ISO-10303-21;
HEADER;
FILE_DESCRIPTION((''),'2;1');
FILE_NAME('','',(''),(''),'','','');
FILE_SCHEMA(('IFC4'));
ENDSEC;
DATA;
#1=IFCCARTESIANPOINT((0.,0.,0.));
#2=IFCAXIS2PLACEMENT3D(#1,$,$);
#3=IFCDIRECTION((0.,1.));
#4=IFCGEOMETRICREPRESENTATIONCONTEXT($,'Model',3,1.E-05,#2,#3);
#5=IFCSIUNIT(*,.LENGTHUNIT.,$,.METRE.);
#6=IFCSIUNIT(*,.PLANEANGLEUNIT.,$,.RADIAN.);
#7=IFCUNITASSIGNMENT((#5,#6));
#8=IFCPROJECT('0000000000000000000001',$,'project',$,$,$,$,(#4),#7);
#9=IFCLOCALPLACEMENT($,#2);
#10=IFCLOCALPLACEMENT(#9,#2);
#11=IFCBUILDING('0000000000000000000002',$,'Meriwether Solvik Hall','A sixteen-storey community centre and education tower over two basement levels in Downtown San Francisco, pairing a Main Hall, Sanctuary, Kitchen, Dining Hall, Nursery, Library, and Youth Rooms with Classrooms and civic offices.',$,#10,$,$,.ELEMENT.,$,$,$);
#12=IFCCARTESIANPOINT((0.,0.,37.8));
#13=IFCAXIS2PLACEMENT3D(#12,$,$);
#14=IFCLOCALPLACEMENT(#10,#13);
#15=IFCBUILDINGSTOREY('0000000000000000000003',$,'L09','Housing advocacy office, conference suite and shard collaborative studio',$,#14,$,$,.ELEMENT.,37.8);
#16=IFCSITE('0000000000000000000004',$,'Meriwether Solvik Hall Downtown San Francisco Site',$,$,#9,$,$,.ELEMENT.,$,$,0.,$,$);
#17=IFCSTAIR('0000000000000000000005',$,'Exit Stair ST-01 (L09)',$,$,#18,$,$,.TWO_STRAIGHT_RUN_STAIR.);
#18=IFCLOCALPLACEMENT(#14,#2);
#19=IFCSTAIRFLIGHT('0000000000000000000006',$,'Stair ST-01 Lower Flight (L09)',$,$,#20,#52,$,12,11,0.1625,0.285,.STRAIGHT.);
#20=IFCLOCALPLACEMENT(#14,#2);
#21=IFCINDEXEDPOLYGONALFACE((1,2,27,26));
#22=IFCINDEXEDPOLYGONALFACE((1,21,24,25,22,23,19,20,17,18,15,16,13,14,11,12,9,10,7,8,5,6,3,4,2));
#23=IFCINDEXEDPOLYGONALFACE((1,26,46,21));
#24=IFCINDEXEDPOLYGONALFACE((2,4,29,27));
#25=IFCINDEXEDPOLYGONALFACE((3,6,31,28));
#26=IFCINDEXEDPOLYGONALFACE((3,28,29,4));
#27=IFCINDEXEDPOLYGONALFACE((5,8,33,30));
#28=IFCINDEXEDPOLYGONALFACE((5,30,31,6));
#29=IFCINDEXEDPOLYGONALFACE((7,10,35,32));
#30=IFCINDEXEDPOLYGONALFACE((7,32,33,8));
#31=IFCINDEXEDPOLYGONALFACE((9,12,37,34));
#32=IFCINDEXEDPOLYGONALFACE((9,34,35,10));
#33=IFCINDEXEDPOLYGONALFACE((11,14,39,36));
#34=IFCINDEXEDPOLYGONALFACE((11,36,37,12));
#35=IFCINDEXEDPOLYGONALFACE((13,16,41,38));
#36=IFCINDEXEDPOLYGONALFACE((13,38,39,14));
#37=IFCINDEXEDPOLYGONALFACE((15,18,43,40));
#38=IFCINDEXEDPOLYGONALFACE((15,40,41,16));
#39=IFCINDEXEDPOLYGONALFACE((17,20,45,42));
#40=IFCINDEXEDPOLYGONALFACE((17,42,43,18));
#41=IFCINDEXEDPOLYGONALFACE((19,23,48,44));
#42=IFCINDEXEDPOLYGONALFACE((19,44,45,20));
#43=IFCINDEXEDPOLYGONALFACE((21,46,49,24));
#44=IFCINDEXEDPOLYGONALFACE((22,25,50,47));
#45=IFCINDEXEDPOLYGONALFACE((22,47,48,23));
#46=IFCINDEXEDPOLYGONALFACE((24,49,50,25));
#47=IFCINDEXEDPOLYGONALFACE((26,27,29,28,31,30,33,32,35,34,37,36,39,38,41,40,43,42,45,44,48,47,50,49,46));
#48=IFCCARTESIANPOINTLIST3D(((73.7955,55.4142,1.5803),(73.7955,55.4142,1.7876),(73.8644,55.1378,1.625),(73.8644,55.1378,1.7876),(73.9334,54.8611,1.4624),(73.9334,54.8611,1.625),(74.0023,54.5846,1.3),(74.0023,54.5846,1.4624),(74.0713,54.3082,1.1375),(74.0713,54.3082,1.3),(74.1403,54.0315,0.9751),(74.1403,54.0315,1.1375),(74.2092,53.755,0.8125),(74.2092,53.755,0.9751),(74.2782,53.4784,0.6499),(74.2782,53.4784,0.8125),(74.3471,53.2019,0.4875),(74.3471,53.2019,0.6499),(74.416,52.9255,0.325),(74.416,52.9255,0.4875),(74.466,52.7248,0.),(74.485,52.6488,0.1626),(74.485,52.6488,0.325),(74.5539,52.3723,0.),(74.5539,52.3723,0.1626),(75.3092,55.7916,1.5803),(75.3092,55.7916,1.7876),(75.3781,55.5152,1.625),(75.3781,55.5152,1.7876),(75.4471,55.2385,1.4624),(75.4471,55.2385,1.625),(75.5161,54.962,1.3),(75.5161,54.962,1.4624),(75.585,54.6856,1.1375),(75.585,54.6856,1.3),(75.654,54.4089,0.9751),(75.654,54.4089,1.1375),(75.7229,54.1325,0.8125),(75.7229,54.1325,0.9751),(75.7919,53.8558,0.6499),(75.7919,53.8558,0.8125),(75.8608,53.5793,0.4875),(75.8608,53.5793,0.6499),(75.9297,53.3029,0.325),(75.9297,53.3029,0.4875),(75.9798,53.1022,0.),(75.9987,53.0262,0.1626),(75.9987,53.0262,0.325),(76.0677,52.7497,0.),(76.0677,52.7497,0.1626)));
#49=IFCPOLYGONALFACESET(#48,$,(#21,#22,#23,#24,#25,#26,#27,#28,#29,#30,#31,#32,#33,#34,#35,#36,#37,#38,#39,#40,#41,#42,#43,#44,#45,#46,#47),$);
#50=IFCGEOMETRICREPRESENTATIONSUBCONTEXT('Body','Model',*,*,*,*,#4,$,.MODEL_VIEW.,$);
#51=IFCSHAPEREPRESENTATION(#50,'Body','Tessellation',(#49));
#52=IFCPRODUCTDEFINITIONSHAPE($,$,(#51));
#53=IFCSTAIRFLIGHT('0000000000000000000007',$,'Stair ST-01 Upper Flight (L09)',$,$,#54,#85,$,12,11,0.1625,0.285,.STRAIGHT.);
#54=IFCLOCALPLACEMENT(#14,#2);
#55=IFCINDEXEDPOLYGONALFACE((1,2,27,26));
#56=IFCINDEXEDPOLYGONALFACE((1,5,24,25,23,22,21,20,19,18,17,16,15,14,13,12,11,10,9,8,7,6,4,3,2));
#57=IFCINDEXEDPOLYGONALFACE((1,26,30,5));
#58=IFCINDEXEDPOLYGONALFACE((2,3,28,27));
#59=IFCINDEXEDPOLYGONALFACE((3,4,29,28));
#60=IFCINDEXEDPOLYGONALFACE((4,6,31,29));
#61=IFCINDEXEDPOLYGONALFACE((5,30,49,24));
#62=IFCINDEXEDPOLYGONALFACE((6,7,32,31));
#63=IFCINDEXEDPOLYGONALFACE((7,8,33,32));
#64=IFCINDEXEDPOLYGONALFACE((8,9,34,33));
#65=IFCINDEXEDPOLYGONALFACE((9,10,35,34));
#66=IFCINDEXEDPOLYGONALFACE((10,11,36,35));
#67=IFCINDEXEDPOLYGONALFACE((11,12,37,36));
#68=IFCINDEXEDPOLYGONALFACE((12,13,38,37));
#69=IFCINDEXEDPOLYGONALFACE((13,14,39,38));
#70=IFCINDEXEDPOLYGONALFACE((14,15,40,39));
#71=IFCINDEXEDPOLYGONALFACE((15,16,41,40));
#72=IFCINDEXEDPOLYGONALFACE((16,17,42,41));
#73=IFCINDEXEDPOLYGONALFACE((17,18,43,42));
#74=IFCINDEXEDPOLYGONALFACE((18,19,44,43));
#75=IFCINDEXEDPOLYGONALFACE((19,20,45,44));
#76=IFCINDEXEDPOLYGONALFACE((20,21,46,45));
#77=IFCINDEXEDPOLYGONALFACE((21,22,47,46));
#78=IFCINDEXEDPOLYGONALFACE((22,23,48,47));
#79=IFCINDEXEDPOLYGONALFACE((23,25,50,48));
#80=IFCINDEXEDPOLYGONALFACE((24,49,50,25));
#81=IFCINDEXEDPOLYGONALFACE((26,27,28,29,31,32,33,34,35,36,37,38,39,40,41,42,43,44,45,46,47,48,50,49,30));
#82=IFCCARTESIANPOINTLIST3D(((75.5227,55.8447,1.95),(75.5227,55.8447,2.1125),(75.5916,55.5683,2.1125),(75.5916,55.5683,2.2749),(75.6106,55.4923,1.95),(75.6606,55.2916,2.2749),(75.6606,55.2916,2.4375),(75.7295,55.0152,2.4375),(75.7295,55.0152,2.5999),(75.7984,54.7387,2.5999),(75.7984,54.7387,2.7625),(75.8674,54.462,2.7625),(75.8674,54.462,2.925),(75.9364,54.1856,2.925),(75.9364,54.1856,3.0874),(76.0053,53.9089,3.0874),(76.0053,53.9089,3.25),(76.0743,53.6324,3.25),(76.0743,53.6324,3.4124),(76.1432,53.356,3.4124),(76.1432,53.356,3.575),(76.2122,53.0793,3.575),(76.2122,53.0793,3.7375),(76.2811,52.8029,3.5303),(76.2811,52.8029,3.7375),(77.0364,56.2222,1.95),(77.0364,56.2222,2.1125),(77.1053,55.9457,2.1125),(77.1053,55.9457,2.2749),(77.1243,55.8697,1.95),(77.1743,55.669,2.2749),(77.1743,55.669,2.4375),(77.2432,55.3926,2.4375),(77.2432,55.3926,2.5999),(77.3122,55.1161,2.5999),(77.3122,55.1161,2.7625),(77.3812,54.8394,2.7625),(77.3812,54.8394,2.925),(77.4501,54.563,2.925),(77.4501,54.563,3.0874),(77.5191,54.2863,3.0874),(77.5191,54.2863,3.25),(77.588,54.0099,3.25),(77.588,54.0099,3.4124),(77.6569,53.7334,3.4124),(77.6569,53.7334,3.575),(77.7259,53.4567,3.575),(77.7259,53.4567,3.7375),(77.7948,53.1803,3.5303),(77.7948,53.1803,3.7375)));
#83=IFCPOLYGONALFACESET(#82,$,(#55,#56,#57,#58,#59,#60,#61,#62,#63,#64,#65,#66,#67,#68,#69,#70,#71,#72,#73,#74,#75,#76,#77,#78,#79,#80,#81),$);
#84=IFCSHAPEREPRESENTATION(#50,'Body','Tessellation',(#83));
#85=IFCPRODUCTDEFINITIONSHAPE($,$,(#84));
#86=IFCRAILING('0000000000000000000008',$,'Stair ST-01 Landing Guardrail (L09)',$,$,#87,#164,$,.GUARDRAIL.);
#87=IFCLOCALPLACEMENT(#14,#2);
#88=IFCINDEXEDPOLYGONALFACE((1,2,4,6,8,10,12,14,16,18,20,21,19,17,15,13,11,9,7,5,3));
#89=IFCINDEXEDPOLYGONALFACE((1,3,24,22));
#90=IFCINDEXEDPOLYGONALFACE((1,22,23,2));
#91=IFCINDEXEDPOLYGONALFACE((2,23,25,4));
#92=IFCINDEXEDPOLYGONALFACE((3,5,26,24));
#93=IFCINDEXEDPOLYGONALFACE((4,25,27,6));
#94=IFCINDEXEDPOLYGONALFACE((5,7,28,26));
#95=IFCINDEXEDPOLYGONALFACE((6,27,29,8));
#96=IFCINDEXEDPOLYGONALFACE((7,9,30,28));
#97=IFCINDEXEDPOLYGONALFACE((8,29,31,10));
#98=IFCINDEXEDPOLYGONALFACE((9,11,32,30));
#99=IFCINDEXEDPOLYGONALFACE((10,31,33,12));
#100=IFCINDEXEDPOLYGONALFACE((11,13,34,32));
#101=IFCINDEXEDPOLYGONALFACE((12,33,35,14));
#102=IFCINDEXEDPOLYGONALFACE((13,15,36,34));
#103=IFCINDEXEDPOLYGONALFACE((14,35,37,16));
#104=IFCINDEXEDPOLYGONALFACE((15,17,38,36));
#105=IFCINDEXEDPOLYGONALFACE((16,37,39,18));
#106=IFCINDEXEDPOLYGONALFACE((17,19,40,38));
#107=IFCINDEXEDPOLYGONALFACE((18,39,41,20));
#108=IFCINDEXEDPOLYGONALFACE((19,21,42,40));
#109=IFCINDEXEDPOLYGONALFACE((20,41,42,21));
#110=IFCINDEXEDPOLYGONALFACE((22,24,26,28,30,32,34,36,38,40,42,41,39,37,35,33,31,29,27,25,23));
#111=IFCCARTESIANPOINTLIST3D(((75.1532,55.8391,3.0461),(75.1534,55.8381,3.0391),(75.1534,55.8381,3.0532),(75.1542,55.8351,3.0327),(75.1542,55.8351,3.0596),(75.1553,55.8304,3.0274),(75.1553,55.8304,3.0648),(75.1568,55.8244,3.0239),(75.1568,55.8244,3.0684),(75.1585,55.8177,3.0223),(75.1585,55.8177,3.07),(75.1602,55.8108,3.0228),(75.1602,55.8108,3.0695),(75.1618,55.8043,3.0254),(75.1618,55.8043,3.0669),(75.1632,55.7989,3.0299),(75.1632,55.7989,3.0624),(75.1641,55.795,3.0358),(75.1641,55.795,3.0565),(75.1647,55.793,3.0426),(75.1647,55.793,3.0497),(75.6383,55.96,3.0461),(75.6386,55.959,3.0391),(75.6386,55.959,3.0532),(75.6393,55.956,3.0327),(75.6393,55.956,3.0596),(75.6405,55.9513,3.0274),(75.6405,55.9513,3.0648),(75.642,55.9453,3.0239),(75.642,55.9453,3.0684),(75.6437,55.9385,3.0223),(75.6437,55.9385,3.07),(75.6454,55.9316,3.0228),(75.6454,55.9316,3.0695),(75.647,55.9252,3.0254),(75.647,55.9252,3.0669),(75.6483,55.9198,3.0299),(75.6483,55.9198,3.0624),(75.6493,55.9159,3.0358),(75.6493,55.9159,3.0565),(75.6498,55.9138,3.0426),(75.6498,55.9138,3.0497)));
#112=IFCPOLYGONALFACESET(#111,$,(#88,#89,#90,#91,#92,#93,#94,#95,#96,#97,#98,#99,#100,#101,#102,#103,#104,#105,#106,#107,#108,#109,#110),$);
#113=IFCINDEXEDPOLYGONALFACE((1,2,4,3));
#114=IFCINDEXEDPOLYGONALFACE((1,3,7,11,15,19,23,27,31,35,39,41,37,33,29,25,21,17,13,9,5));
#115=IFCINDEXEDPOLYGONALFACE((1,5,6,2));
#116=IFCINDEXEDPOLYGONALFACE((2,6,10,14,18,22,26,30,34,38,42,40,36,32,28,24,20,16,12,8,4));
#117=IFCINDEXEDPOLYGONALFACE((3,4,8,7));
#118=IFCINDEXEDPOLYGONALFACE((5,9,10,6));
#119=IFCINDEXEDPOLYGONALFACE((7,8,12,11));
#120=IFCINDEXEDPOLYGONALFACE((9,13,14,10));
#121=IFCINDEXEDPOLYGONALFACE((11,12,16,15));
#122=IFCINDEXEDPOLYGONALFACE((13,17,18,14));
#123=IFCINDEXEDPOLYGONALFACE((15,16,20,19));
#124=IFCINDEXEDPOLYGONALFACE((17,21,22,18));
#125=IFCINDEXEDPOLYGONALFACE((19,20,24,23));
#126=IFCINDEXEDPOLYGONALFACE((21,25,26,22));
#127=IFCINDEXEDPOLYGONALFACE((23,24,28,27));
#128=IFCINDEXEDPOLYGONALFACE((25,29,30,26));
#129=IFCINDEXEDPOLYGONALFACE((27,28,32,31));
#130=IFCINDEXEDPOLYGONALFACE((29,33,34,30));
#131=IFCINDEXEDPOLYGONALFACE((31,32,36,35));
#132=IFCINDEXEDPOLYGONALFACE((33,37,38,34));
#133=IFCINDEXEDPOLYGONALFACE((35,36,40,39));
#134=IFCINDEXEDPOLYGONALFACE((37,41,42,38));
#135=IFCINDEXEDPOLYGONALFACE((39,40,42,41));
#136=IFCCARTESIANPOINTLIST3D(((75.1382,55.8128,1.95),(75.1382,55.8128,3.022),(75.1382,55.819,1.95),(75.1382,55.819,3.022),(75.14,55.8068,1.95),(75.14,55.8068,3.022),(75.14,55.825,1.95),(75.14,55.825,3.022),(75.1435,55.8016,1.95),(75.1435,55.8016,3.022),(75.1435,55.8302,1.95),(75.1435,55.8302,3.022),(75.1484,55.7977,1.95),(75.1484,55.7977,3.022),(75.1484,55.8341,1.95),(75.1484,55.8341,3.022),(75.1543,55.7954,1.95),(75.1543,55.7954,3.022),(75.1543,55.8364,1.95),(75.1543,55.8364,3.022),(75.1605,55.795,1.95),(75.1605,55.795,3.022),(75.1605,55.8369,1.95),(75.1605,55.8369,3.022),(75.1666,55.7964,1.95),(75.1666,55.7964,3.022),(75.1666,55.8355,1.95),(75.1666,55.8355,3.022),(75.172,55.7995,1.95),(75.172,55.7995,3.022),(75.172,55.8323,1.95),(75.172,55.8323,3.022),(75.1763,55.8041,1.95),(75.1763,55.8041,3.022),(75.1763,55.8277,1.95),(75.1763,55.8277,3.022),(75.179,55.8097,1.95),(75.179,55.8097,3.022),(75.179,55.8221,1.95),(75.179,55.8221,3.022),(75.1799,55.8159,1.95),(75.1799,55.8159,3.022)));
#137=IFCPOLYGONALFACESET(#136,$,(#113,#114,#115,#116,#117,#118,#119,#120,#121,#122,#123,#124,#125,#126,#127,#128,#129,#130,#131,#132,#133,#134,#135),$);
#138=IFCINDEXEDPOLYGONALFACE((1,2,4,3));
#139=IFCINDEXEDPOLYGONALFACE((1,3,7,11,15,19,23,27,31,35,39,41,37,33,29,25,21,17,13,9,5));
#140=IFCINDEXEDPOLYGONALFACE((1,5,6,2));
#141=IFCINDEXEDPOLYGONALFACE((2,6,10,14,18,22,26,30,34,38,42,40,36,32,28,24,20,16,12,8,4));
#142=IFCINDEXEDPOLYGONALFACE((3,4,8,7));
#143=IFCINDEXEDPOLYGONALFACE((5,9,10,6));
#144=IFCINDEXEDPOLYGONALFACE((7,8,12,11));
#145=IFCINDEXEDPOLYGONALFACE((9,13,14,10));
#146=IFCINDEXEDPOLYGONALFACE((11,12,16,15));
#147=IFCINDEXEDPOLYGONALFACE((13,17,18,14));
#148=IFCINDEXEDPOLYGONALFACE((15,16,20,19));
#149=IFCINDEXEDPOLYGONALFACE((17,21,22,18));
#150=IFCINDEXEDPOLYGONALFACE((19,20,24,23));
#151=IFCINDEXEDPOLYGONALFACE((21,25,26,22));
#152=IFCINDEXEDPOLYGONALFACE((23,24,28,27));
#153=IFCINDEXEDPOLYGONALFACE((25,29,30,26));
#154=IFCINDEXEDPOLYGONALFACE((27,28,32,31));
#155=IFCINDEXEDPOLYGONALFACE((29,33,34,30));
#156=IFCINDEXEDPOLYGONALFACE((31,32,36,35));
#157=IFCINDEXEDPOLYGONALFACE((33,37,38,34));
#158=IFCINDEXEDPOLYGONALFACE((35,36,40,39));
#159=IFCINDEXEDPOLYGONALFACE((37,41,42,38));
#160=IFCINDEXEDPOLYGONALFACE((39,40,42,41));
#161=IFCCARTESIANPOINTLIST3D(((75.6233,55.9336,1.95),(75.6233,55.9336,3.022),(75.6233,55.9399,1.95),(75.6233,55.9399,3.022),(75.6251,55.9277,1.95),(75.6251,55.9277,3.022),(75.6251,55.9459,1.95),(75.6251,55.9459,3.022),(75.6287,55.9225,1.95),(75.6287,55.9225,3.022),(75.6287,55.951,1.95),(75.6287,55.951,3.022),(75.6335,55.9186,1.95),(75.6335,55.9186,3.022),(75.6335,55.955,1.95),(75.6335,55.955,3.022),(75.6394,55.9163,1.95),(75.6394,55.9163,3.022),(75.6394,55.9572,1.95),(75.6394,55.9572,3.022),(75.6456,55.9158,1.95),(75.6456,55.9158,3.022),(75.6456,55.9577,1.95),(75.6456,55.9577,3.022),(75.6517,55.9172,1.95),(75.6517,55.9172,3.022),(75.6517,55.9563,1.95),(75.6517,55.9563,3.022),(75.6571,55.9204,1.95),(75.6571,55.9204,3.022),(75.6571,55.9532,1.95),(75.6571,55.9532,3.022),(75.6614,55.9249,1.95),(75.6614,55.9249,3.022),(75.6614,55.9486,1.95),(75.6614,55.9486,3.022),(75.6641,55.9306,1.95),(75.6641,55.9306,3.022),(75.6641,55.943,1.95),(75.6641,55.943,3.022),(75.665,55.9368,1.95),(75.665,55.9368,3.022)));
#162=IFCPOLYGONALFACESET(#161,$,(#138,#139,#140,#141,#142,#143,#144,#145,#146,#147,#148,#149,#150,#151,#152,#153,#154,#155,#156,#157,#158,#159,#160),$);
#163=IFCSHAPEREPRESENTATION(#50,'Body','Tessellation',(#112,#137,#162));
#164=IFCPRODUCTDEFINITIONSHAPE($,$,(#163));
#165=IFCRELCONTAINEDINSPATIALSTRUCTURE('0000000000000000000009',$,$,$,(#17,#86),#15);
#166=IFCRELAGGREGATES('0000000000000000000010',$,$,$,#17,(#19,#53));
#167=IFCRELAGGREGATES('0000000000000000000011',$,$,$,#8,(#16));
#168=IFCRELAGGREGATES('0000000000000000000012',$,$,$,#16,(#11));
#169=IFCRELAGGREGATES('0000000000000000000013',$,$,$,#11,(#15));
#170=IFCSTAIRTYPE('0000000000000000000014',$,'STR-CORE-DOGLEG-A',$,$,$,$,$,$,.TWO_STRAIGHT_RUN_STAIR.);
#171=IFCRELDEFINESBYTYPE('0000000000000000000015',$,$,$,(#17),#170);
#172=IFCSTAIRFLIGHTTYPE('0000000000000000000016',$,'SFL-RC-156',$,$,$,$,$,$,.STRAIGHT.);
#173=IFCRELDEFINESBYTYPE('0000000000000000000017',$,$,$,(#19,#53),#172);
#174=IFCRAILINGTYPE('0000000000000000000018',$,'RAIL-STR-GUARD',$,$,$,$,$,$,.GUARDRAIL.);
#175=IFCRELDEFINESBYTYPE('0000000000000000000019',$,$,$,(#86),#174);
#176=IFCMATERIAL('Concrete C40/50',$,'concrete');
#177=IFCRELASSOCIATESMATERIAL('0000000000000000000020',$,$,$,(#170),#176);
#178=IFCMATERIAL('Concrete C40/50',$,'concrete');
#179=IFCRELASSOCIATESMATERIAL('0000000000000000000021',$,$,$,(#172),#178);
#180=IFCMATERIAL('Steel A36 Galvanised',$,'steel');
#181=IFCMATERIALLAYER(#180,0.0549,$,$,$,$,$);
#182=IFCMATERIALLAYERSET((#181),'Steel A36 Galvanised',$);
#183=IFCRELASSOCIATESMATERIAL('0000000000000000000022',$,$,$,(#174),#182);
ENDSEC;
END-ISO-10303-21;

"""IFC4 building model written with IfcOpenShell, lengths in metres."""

from ifc_helpers import new_model, si_unit, direction, frame, origin, origin_2d, place, context, subcontext, project, spatial, polyline, circle, outline, extrude, material, layer, layer_set, type_object, element, aggregate, save


model = new_model("IFC4")

# Units and contexts
model_context = context("Model", 3, precision=1e-05, world=origin(), true_north=direction((0.0, 1.0)))
body_context = subcontext(model_context, "Body", "Model", "MODEL_VIEW")
ifc_project = project(units=[si_unit("LENGTHUNIT", "METRE"), si_unit("PLANEANGLEUNIT", "RADIAN")], contexts=[model_context])

# Site, building, storey
site_placement = place(None, origin())
site = spatial("IfcSite", under=ifc_project, at=site_placement, Name="Meriwether Solvik Hall Downtown San Francisco Site", CompositionType="ELEMENT", RefElevation=0.0)
building_placement = place(site_placement, origin())
building = spatial("IfcBuilding", under=site, at=building_placement, Name="Meriwether Solvik Hall", Description="A sixteen-storey community centre and education tower over two basement levels in Downtown San Francisco, pairing a Main Hall, Sanctuary, Kitchen, Dining Hall, Nursery, Library, and Youth Rooms with Classrooms and civic offices.", CompositionType="ELEMENT")
storey_placement = place(building_placement, frame((0.0, 0.0, 37.8)))
storey = spatial("IfcBuildingStorey", under=building, at=storey_placement, Name="L09", Description="Housing advocacy office, conference suite and shard collaborative studio", CompositionType="ELEMENT", Elevation=37.8)

# Stair, stair flights
ifc_material_1 = material(Name="Concrete C40/50", Category="concrete")
stair_type = type_object("IfcStairType", Name="STR-CORE-DOGLEG-A", PredefinedType="TWO_STRAIGHT_RUN_STAIR", material=ifc_material_1)
stair_placement = place(storey_placement, origin())
stair = element("IfcStair", 1, at=stair_placement, inside=storey, type_object=stair_type, Name="Exit Stair ST-01 (L09)", PredefinedType="TWO_STRAIGHT_RUN_STAIR")
ifc_material_2 = material(Name="Concrete C40/50", Category="concrete")
stair_flight_type = type_object("IfcStairFlightType", Name="SFL-RC-156", PredefinedType="STRAIGHT", material=ifc_material_2)
stair_flight_1_placement = place(storey_placement, frame((75.3108, 52.561, 0.0), z_axis=(0.0, 0.0, 1.0), x_axis=(-0.241922, 0.970296, 0.0)))
stair_flight_1 = element("IfcStairFlight", 2, at=stair_flight_1_placement, type_object=stair_flight_type, Name="Stair ST-01 Lower Flight (L09)", NumberOfRisers=12, NumberOfTreads=11, PredefinedType="STRAIGHT", RiserHeight=0.1625, TreadLength=0.285, context=body_context, shape_type="SweptSolid", body=[
    extrude(outline(polyline([(0.0, 0.0), (0.0, 0.1626), (0.2849, 0.1626), (0.2849, 0.325), (0.5701, 0.325), (0.5701, 0.4875), (0.855, 0.4875), (0.855, 0.6499), (1.1399, 0.6499), (1.1399, 0.8125), (1.425, 0.8125), (1.425, 0.9751), (1.71, 0.9751), (1.71, 1.1375), (1.9951, 1.1375), (1.9951, 1.3), (2.28, 1.3), (2.28, 1.4624), (2.5649, 1.4624), (2.5649, 1.625), (2.8501, 1.625), (2.8501, 1.7876), (3.135, 1.7876), (3.135, 1.95), (3.135, 1.5803), (0.3633, 0.0), (0.0, 0.0)])), frame((0.0, 0.78, 0.0), z_axis=(0.0, -1.0, 0.0), x_axis=(1.0, 0.0, 0.0)), (0.0, 0.0, 1.0), 1.5601),
])
stair_flight_2_placement = place(storey_placement, frame((76.2795, 56.0334, 1.95), z_axis=(0.0, 0.0, 1.0), x_axis=(0.241922, -0.970296, 0.0)))
stair_flight_2 = element("IfcStairFlight", 3, at=stair_flight_2_placement, type_object=stair_flight_type, Name="Stair ST-01 Upper Flight (L09)", NumberOfRisers=12, NumberOfTreads=11, PredefinedType="STRAIGHT", RiserHeight=0.1625, TreadLength=0.285, context=body_context, shape_type="SweptSolid", body=[
    extrude(outline(polyline([(0.0, 0.0), (0.0, 0.1626), (0.2849, 0.1626), (0.2849, 0.325), (0.5701, 0.325), (0.5701, 0.4875), (0.855, 0.4875), (0.855, 0.6499), (1.1399, 0.6499), (1.1399, 0.8125), (1.425, 0.8125), (1.425, 0.9751), (1.71, 0.9751), (1.71, 1.1375), (1.9951, 1.1375), (1.9951, 1.3), (2.28, 1.3), (2.28, 1.4624), (2.5649, 1.4624), (2.5649, 1.625), (2.8501, 1.625), (2.8501, 1.7876), (3.135, 1.7876), (3.135, 1.95), (3.135, 1.5803), (0.3633, 0.0), (0.0, 0.0)])), frame((0.0, 0.78, 0.0), z_axis=(0.0, -1.0, 0.0), x_axis=(1.0, 0.0, 0.0)), (0.0, 0.0, 1.0), 1.5601),
])
aggregate(stair, [stair_flight_1, stair_flight_2])

# Railing
ifc_material_3 = material(Name="Steel A36 Galvanised", Category="steel")
ifc_layer_1 = layer(ifc_material_3, 0.0549)
ifc_layer_set_1 = layer_set([ifc_layer_1], Name="Steel A36 Galvanised")
railing_type_1 = type_object("IfcRailingType", Name="RAIL-STR-GUARD", PredefinedType="GUARDRAIL", material=ifc_layer_set_1)
railing_1_placement = place(storey_placement, frame((75.1589, 55.8159, 1.95)))
element("IfcRailing", 4, at=railing_1_placement, inside=storey, type_object=railing_type_1, Name="Stair ST-01 Landing Guardrail (L09)", PredefinedType="GUARDRAIL", context=body_context, shape_type="SweptSolid", body=[
    extrude(circle(Radius=0.0239, at=origin_2d()), frame((0.0, 0.0, 1.0962), z_axis=(0.970343, 0.241731, 0.0), x_axis=(-0.241731, 0.970343, 0.0)), (0.0, 0.0, 1.0), 0.5),
    extrude(circle(Radius=0.021, at=origin_2d()), origin(), (0.0, 0.0, 1.0), 1.072),
    extrude(circle(Radius=0.021, at=origin_2d()), frame((0.4851, 0.1208, 0.0)), (0.0, 0.0, 1.0), 1.072),
])

save(model, "model.ifc")
